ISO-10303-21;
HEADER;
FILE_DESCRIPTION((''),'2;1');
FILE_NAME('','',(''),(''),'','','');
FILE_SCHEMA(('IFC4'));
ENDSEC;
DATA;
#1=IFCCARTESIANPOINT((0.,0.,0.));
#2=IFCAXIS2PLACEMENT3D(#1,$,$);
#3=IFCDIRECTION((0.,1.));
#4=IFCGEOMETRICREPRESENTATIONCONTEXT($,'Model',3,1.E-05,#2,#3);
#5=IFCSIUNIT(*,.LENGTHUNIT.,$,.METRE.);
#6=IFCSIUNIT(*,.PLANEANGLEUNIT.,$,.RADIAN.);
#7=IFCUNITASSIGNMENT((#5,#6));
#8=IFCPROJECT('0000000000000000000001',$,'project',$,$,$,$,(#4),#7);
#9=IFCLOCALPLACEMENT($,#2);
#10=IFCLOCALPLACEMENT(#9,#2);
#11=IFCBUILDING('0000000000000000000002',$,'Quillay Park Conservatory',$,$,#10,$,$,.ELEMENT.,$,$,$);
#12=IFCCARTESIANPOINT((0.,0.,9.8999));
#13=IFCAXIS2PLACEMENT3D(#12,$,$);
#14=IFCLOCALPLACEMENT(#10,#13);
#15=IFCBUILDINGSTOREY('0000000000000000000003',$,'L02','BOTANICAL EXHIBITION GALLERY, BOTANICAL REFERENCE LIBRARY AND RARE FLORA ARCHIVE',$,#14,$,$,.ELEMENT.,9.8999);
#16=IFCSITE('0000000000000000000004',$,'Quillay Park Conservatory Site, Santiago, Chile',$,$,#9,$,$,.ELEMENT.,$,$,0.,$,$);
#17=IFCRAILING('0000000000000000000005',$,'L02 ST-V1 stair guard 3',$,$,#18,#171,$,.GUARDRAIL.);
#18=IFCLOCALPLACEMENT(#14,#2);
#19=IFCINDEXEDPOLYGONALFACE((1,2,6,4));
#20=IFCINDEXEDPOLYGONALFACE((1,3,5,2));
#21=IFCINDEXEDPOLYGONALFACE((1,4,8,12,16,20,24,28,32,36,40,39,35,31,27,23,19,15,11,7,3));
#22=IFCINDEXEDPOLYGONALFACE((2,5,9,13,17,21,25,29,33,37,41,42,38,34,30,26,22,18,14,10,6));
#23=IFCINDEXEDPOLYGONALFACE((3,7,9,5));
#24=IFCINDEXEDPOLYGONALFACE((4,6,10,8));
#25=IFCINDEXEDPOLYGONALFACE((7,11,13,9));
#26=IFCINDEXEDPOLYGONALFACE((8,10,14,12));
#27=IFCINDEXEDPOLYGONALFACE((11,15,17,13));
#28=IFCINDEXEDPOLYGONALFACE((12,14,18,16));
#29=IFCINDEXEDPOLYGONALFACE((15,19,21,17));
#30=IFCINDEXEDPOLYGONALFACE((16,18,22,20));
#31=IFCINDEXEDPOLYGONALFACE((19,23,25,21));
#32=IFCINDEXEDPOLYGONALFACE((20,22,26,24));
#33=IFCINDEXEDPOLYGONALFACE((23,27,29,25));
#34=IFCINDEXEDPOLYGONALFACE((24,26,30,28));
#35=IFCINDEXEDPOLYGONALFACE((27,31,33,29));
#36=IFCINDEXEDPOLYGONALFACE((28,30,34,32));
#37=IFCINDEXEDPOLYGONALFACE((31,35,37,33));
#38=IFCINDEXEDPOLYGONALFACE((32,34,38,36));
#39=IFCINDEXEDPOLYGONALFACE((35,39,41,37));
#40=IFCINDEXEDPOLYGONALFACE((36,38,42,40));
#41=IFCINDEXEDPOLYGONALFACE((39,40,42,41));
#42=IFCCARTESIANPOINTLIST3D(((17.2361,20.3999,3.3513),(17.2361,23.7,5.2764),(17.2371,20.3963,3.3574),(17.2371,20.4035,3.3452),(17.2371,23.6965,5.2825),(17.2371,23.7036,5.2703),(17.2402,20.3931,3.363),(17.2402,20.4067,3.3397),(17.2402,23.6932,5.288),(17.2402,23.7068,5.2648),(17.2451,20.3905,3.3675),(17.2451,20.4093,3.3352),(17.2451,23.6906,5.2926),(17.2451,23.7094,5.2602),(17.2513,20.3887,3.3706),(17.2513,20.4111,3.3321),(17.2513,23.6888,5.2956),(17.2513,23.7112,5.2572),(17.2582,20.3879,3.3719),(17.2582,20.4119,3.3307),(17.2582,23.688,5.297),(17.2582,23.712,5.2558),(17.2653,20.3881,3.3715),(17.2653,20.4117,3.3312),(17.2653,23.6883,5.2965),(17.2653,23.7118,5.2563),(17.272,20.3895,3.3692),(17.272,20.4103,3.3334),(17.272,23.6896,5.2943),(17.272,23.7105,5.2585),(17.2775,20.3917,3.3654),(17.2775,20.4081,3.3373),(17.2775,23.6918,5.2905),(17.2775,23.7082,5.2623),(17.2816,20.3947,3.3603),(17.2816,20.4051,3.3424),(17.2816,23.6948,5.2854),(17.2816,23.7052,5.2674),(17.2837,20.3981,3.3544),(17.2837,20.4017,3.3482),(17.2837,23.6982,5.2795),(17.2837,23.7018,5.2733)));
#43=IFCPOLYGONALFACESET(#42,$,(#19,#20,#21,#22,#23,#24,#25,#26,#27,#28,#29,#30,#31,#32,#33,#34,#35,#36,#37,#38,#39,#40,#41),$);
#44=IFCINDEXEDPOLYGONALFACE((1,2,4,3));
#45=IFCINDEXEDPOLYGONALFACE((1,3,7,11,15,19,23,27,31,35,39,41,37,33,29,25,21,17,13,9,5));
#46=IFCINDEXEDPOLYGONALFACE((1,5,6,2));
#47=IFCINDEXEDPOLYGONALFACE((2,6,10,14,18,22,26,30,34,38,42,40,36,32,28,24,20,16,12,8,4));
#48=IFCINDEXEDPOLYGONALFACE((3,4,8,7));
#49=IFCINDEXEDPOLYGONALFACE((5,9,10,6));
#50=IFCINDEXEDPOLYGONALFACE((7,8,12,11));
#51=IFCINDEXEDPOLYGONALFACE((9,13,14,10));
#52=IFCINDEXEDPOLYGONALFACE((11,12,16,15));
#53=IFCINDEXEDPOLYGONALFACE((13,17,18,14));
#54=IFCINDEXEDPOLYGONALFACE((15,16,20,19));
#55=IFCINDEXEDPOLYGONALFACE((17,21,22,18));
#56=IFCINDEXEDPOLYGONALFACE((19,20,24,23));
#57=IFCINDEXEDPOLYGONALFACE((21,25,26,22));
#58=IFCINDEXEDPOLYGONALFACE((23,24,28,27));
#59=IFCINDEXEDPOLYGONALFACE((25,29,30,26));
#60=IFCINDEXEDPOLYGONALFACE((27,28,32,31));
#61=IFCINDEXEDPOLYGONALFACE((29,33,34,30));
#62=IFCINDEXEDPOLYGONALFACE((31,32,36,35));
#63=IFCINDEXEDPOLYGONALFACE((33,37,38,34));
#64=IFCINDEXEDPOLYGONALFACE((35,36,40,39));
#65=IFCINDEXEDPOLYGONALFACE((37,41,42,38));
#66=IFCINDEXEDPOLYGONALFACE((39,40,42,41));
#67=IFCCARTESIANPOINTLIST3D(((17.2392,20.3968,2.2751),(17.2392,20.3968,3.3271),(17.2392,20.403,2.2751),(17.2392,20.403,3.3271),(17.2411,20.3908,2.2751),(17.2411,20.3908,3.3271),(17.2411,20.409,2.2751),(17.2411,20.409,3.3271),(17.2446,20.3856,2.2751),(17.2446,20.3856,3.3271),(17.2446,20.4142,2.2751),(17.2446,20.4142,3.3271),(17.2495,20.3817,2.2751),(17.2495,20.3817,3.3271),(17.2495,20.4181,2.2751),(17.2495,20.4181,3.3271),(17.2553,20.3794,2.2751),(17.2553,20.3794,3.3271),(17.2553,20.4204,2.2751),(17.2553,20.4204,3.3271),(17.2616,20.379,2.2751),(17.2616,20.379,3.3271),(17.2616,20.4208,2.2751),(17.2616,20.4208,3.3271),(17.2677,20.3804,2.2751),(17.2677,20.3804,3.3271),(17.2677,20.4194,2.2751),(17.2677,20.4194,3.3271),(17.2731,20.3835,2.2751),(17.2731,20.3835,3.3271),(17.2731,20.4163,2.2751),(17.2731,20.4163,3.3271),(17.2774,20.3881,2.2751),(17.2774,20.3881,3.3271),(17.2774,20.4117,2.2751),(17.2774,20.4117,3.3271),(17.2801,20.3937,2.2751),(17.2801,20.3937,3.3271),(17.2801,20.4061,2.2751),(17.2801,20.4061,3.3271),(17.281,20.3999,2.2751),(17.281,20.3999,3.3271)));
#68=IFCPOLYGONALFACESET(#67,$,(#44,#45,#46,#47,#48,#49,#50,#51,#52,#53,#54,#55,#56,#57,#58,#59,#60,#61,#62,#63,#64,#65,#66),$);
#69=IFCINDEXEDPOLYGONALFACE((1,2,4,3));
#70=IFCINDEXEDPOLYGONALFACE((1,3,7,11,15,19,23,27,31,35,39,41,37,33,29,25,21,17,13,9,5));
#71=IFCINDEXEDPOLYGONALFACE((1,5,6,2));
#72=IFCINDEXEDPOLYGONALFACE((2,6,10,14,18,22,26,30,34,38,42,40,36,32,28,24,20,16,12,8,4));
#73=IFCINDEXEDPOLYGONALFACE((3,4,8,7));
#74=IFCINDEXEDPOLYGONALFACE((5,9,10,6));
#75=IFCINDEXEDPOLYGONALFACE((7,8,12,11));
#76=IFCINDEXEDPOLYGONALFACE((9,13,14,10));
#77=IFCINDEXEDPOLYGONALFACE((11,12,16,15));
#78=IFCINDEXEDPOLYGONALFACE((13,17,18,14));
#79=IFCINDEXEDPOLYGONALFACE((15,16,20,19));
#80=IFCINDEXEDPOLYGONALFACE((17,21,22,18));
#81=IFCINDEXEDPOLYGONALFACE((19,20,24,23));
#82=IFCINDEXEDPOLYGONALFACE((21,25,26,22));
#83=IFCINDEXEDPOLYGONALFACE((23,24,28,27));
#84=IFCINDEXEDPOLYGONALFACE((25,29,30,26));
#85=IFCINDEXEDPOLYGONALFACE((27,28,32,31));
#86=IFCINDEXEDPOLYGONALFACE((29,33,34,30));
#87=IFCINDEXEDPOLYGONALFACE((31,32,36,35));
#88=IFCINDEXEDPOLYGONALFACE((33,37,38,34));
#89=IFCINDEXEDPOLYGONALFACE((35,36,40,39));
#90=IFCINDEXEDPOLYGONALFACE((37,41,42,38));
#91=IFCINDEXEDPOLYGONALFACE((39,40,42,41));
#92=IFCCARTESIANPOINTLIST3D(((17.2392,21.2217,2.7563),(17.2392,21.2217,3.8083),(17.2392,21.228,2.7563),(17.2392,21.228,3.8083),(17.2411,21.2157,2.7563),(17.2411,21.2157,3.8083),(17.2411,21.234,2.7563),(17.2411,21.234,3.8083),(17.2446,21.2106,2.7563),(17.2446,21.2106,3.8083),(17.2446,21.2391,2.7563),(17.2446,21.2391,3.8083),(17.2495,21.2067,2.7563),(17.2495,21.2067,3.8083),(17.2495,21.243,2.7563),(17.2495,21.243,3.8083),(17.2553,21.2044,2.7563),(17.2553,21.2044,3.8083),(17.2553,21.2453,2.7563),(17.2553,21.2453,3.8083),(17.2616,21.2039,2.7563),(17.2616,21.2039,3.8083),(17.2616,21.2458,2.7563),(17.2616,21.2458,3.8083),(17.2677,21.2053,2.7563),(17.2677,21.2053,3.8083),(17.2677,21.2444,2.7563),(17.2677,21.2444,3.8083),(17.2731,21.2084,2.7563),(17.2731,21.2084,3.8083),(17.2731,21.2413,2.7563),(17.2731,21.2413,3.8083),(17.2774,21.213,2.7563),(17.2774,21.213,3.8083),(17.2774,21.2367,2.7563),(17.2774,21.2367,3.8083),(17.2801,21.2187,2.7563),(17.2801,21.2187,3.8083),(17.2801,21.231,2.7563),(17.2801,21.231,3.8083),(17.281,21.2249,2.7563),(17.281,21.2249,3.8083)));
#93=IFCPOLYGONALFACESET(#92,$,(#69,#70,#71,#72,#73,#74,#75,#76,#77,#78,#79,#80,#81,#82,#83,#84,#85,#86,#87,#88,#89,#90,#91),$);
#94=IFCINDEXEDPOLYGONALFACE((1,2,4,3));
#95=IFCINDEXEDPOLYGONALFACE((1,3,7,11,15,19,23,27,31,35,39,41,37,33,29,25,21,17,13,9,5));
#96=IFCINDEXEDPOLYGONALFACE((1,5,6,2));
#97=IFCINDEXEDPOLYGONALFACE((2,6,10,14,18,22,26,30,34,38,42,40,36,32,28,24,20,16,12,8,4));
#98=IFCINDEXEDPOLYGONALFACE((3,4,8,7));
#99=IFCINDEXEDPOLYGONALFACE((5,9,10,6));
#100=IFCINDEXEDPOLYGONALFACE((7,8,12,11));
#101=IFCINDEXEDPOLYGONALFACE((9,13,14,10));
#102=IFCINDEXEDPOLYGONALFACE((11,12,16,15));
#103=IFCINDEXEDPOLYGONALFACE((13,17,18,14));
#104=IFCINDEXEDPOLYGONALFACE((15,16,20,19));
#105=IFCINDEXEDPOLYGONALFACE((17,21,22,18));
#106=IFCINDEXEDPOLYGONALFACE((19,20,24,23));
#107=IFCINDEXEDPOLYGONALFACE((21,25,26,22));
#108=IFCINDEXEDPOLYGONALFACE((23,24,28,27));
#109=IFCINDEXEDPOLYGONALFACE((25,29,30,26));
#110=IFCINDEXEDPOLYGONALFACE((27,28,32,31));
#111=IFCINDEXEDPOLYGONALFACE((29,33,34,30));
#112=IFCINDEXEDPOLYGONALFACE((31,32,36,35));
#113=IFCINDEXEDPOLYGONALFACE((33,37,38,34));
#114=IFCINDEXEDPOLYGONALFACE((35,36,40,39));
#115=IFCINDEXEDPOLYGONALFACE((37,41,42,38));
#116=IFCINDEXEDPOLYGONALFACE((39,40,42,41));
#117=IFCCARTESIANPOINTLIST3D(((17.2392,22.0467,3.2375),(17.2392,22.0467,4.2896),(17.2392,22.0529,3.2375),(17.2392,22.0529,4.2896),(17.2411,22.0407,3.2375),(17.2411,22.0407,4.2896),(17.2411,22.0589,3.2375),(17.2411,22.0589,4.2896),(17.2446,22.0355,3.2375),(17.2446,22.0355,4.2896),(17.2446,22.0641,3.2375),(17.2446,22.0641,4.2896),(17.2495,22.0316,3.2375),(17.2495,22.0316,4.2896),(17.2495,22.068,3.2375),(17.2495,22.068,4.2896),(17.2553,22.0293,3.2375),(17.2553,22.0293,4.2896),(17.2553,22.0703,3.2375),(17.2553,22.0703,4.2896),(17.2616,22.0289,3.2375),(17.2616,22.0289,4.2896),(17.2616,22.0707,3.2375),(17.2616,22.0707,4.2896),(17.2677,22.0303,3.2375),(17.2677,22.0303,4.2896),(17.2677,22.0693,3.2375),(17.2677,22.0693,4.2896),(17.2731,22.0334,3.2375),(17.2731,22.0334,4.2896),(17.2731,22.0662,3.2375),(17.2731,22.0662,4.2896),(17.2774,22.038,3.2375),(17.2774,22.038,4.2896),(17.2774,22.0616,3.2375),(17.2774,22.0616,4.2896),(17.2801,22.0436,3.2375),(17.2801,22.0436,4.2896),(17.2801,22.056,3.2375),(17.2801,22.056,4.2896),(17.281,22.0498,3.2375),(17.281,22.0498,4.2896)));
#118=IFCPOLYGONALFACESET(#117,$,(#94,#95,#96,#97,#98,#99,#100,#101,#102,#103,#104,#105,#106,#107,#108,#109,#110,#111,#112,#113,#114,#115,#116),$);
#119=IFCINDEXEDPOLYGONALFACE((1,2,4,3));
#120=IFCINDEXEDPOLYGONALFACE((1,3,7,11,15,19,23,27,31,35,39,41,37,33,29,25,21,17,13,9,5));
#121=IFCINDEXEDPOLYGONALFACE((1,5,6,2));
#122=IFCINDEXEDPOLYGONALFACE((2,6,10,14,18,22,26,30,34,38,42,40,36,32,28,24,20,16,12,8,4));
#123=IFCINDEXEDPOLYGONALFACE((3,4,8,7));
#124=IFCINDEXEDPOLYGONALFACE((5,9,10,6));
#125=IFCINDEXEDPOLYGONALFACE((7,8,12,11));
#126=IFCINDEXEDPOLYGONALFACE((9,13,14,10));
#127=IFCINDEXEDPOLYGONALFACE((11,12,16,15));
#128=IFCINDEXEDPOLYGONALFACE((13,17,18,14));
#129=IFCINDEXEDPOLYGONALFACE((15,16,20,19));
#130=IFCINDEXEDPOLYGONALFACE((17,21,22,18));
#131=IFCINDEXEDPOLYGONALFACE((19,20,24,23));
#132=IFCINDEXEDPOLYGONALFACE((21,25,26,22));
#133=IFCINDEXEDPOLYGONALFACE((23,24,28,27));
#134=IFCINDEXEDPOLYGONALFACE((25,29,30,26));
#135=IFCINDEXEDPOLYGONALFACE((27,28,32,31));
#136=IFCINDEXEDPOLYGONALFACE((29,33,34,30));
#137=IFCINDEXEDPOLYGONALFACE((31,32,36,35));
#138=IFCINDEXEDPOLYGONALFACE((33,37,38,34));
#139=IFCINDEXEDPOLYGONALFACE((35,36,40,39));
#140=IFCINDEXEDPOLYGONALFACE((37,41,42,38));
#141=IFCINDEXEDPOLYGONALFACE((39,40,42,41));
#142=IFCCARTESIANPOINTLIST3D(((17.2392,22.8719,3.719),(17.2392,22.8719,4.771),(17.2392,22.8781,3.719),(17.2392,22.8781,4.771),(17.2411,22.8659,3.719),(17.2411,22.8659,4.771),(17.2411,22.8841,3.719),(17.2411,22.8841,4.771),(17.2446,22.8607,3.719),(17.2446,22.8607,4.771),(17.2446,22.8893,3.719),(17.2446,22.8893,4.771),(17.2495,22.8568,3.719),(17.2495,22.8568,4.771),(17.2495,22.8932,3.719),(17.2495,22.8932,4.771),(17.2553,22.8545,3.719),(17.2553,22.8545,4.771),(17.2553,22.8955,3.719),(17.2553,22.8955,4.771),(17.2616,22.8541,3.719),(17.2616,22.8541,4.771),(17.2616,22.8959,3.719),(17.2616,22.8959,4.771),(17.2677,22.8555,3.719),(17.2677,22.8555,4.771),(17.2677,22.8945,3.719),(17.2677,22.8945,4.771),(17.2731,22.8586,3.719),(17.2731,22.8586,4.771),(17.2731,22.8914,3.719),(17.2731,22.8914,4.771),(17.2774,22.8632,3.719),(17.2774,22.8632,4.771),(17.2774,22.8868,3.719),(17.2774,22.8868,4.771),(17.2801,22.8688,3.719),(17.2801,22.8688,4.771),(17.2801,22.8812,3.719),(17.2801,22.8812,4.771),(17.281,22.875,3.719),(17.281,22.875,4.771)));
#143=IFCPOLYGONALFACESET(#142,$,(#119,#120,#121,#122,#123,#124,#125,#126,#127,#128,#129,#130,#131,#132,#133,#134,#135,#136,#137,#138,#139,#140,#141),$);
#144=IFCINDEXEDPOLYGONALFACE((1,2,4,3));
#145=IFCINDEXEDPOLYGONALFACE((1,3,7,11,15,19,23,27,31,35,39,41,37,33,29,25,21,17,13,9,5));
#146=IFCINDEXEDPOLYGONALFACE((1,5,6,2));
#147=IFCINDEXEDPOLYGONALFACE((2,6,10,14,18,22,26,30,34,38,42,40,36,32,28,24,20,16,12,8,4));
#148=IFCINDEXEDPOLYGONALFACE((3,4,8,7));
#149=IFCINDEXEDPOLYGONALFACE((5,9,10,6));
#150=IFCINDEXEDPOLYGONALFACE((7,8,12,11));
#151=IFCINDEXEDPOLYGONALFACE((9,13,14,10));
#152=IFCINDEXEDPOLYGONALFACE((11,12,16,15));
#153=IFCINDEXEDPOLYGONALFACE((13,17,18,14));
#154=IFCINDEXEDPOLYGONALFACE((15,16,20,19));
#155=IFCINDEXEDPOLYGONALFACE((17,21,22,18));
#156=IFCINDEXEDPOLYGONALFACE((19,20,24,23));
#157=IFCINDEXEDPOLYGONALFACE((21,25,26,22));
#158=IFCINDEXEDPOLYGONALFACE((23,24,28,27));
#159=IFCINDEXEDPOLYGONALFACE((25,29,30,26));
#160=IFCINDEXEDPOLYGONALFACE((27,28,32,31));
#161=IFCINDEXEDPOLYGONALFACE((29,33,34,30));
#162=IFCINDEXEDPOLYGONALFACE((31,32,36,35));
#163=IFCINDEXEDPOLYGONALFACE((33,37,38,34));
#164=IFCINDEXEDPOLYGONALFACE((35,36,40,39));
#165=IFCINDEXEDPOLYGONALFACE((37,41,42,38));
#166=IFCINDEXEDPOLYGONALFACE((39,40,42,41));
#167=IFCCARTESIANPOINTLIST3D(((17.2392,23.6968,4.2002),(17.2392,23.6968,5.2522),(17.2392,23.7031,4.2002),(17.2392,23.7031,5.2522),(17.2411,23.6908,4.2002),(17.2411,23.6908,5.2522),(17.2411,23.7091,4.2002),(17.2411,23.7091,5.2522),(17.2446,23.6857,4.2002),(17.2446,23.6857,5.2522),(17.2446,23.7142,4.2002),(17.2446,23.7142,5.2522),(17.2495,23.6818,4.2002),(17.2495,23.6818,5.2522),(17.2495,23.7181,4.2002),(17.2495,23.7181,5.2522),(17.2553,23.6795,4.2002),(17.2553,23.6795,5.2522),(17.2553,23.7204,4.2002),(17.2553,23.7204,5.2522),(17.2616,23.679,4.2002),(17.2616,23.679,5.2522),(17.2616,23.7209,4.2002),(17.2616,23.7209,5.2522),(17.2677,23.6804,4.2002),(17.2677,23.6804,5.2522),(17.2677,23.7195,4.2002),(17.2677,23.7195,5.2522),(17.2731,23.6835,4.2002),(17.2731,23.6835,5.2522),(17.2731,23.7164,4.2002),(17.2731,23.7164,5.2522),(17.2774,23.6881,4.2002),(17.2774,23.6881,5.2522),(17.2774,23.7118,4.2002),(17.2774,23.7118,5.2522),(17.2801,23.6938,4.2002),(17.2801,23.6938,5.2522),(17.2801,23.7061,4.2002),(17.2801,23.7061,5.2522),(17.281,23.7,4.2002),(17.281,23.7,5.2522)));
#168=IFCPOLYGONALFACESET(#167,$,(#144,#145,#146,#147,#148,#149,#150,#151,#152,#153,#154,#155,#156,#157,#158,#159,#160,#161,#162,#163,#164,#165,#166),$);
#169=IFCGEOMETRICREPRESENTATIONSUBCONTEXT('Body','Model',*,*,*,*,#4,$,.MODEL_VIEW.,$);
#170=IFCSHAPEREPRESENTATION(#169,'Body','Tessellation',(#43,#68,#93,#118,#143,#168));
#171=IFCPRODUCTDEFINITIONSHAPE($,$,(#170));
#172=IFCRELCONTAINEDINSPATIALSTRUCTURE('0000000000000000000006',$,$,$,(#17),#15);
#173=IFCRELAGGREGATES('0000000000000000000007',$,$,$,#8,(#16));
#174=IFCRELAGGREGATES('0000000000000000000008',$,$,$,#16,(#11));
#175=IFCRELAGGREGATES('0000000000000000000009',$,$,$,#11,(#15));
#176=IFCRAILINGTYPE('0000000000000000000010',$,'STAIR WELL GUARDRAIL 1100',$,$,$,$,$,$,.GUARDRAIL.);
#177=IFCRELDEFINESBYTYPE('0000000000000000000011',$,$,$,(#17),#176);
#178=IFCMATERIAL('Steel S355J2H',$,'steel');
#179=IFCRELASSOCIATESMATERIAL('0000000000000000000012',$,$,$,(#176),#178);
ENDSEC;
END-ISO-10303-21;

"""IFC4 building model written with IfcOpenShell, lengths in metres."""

from ifc_helpers import new_model, si_unit, direction, frame, origin, origin_2d, place, context, subcontext, project, spatial, circle, extrude, material, type_object, element, save


model = new_model("IFC4")

# Units and contexts
model_context = context("Model", 3, precision=1e-05, world=origin(), true_north=direction((0.0, 1.0)))
body_context = subcontext(model_context, "Body", "Model", "MODEL_VIEW")
ifc_project = project(units=[si_unit("LENGTHUNIT", "METRE"), si_unit("PLANEANGLEUNIT", "RADIAN")], contexts=[model_context])

# Site, building, storey
site_placement = place(None, origin())
site = spatial("IfcSite", under=ifc_project, at=site_placement, Name="Quillay Park Conservatory Site, Santiago, Chile", CompositionType="ELEMENT", RefElevation=0.0)
building_placement = place(site_placement, origin())
building = spatial("IfcBuilding", under=site, at=building_placement, Name="Quillay Park Conservatory", CompositionType="ELEMENT")
storey_placement = place(building_placement, frame((0.0, 0.0, 9.8999)))
storey = spatial("IfcBuildingStorey", under=building, at=storey_placement, Name="L02", Description="BOTANICAL EXHIBITION GALLERY, BOTANICAL REFERENCE LIBRARY AND RARE FLORA ARCHIVE", CompositionType="ELEMENT", Elevation=9.8999)

# Railing
ifc_material_1 = material(Name="Steel S355J2H", Category="steel")
railing_type_1 = type_object("IfcRailingType", Name="STAIR WELL GUARDRAIL 1100", PredefinedType="GUARDRAIL", material=ifc_material_1)
railing_1_placement = place(storey_placement, frame((17.26, 20.3999, 2.2751)))
element("IfcRailing", 1, at=railing_1_placement, inside=storey, type_object=railing_type_1, Name="L02 ST-V1 stair guard 3", PredefinedType="GUARDRAIL", context=body_context, shape_type="SweptSolid", body=[
    extrude(circle(Radius=0.0239, at=origin_2d()), frame((0.0, 0.0, 1.0762), z_axis=(0.0, 0.863777, 0.503875), x_axis=(-1.0, 0.0, 0.0)), (0.0, 0.0, 1.0), 3.8206),
    extrude(circle(Radius=0.021, at=origin_2d()), origin(), (0.0, 0.0, 1.0), 1.052),
    extrude(circle(Radius=0.021, at=origin_2d()), frame((0.0, 0.825, 0.4812)), (0.0, 0.0, 1.0), 1.052),
    extrude(circle(Radius=0.021, at=origin_2d()), frame((0.0, 1.6499, 0.9624)), (0.0, 0.0, 1.0), 1.052),
    extrude(circle(Radius=0.021, at=origin_2d()), frame((0.0, 2.4751, 1.4438)), (0.0, 0.0, 1.0), 1.052),
    extrude(circle(Radius=0.021, at=origin_2d()), frame((0.0, 3.3, 1.925)), (0.0, 0.0, 1.0), 1.052),
])

save(model, "model.ifc")
